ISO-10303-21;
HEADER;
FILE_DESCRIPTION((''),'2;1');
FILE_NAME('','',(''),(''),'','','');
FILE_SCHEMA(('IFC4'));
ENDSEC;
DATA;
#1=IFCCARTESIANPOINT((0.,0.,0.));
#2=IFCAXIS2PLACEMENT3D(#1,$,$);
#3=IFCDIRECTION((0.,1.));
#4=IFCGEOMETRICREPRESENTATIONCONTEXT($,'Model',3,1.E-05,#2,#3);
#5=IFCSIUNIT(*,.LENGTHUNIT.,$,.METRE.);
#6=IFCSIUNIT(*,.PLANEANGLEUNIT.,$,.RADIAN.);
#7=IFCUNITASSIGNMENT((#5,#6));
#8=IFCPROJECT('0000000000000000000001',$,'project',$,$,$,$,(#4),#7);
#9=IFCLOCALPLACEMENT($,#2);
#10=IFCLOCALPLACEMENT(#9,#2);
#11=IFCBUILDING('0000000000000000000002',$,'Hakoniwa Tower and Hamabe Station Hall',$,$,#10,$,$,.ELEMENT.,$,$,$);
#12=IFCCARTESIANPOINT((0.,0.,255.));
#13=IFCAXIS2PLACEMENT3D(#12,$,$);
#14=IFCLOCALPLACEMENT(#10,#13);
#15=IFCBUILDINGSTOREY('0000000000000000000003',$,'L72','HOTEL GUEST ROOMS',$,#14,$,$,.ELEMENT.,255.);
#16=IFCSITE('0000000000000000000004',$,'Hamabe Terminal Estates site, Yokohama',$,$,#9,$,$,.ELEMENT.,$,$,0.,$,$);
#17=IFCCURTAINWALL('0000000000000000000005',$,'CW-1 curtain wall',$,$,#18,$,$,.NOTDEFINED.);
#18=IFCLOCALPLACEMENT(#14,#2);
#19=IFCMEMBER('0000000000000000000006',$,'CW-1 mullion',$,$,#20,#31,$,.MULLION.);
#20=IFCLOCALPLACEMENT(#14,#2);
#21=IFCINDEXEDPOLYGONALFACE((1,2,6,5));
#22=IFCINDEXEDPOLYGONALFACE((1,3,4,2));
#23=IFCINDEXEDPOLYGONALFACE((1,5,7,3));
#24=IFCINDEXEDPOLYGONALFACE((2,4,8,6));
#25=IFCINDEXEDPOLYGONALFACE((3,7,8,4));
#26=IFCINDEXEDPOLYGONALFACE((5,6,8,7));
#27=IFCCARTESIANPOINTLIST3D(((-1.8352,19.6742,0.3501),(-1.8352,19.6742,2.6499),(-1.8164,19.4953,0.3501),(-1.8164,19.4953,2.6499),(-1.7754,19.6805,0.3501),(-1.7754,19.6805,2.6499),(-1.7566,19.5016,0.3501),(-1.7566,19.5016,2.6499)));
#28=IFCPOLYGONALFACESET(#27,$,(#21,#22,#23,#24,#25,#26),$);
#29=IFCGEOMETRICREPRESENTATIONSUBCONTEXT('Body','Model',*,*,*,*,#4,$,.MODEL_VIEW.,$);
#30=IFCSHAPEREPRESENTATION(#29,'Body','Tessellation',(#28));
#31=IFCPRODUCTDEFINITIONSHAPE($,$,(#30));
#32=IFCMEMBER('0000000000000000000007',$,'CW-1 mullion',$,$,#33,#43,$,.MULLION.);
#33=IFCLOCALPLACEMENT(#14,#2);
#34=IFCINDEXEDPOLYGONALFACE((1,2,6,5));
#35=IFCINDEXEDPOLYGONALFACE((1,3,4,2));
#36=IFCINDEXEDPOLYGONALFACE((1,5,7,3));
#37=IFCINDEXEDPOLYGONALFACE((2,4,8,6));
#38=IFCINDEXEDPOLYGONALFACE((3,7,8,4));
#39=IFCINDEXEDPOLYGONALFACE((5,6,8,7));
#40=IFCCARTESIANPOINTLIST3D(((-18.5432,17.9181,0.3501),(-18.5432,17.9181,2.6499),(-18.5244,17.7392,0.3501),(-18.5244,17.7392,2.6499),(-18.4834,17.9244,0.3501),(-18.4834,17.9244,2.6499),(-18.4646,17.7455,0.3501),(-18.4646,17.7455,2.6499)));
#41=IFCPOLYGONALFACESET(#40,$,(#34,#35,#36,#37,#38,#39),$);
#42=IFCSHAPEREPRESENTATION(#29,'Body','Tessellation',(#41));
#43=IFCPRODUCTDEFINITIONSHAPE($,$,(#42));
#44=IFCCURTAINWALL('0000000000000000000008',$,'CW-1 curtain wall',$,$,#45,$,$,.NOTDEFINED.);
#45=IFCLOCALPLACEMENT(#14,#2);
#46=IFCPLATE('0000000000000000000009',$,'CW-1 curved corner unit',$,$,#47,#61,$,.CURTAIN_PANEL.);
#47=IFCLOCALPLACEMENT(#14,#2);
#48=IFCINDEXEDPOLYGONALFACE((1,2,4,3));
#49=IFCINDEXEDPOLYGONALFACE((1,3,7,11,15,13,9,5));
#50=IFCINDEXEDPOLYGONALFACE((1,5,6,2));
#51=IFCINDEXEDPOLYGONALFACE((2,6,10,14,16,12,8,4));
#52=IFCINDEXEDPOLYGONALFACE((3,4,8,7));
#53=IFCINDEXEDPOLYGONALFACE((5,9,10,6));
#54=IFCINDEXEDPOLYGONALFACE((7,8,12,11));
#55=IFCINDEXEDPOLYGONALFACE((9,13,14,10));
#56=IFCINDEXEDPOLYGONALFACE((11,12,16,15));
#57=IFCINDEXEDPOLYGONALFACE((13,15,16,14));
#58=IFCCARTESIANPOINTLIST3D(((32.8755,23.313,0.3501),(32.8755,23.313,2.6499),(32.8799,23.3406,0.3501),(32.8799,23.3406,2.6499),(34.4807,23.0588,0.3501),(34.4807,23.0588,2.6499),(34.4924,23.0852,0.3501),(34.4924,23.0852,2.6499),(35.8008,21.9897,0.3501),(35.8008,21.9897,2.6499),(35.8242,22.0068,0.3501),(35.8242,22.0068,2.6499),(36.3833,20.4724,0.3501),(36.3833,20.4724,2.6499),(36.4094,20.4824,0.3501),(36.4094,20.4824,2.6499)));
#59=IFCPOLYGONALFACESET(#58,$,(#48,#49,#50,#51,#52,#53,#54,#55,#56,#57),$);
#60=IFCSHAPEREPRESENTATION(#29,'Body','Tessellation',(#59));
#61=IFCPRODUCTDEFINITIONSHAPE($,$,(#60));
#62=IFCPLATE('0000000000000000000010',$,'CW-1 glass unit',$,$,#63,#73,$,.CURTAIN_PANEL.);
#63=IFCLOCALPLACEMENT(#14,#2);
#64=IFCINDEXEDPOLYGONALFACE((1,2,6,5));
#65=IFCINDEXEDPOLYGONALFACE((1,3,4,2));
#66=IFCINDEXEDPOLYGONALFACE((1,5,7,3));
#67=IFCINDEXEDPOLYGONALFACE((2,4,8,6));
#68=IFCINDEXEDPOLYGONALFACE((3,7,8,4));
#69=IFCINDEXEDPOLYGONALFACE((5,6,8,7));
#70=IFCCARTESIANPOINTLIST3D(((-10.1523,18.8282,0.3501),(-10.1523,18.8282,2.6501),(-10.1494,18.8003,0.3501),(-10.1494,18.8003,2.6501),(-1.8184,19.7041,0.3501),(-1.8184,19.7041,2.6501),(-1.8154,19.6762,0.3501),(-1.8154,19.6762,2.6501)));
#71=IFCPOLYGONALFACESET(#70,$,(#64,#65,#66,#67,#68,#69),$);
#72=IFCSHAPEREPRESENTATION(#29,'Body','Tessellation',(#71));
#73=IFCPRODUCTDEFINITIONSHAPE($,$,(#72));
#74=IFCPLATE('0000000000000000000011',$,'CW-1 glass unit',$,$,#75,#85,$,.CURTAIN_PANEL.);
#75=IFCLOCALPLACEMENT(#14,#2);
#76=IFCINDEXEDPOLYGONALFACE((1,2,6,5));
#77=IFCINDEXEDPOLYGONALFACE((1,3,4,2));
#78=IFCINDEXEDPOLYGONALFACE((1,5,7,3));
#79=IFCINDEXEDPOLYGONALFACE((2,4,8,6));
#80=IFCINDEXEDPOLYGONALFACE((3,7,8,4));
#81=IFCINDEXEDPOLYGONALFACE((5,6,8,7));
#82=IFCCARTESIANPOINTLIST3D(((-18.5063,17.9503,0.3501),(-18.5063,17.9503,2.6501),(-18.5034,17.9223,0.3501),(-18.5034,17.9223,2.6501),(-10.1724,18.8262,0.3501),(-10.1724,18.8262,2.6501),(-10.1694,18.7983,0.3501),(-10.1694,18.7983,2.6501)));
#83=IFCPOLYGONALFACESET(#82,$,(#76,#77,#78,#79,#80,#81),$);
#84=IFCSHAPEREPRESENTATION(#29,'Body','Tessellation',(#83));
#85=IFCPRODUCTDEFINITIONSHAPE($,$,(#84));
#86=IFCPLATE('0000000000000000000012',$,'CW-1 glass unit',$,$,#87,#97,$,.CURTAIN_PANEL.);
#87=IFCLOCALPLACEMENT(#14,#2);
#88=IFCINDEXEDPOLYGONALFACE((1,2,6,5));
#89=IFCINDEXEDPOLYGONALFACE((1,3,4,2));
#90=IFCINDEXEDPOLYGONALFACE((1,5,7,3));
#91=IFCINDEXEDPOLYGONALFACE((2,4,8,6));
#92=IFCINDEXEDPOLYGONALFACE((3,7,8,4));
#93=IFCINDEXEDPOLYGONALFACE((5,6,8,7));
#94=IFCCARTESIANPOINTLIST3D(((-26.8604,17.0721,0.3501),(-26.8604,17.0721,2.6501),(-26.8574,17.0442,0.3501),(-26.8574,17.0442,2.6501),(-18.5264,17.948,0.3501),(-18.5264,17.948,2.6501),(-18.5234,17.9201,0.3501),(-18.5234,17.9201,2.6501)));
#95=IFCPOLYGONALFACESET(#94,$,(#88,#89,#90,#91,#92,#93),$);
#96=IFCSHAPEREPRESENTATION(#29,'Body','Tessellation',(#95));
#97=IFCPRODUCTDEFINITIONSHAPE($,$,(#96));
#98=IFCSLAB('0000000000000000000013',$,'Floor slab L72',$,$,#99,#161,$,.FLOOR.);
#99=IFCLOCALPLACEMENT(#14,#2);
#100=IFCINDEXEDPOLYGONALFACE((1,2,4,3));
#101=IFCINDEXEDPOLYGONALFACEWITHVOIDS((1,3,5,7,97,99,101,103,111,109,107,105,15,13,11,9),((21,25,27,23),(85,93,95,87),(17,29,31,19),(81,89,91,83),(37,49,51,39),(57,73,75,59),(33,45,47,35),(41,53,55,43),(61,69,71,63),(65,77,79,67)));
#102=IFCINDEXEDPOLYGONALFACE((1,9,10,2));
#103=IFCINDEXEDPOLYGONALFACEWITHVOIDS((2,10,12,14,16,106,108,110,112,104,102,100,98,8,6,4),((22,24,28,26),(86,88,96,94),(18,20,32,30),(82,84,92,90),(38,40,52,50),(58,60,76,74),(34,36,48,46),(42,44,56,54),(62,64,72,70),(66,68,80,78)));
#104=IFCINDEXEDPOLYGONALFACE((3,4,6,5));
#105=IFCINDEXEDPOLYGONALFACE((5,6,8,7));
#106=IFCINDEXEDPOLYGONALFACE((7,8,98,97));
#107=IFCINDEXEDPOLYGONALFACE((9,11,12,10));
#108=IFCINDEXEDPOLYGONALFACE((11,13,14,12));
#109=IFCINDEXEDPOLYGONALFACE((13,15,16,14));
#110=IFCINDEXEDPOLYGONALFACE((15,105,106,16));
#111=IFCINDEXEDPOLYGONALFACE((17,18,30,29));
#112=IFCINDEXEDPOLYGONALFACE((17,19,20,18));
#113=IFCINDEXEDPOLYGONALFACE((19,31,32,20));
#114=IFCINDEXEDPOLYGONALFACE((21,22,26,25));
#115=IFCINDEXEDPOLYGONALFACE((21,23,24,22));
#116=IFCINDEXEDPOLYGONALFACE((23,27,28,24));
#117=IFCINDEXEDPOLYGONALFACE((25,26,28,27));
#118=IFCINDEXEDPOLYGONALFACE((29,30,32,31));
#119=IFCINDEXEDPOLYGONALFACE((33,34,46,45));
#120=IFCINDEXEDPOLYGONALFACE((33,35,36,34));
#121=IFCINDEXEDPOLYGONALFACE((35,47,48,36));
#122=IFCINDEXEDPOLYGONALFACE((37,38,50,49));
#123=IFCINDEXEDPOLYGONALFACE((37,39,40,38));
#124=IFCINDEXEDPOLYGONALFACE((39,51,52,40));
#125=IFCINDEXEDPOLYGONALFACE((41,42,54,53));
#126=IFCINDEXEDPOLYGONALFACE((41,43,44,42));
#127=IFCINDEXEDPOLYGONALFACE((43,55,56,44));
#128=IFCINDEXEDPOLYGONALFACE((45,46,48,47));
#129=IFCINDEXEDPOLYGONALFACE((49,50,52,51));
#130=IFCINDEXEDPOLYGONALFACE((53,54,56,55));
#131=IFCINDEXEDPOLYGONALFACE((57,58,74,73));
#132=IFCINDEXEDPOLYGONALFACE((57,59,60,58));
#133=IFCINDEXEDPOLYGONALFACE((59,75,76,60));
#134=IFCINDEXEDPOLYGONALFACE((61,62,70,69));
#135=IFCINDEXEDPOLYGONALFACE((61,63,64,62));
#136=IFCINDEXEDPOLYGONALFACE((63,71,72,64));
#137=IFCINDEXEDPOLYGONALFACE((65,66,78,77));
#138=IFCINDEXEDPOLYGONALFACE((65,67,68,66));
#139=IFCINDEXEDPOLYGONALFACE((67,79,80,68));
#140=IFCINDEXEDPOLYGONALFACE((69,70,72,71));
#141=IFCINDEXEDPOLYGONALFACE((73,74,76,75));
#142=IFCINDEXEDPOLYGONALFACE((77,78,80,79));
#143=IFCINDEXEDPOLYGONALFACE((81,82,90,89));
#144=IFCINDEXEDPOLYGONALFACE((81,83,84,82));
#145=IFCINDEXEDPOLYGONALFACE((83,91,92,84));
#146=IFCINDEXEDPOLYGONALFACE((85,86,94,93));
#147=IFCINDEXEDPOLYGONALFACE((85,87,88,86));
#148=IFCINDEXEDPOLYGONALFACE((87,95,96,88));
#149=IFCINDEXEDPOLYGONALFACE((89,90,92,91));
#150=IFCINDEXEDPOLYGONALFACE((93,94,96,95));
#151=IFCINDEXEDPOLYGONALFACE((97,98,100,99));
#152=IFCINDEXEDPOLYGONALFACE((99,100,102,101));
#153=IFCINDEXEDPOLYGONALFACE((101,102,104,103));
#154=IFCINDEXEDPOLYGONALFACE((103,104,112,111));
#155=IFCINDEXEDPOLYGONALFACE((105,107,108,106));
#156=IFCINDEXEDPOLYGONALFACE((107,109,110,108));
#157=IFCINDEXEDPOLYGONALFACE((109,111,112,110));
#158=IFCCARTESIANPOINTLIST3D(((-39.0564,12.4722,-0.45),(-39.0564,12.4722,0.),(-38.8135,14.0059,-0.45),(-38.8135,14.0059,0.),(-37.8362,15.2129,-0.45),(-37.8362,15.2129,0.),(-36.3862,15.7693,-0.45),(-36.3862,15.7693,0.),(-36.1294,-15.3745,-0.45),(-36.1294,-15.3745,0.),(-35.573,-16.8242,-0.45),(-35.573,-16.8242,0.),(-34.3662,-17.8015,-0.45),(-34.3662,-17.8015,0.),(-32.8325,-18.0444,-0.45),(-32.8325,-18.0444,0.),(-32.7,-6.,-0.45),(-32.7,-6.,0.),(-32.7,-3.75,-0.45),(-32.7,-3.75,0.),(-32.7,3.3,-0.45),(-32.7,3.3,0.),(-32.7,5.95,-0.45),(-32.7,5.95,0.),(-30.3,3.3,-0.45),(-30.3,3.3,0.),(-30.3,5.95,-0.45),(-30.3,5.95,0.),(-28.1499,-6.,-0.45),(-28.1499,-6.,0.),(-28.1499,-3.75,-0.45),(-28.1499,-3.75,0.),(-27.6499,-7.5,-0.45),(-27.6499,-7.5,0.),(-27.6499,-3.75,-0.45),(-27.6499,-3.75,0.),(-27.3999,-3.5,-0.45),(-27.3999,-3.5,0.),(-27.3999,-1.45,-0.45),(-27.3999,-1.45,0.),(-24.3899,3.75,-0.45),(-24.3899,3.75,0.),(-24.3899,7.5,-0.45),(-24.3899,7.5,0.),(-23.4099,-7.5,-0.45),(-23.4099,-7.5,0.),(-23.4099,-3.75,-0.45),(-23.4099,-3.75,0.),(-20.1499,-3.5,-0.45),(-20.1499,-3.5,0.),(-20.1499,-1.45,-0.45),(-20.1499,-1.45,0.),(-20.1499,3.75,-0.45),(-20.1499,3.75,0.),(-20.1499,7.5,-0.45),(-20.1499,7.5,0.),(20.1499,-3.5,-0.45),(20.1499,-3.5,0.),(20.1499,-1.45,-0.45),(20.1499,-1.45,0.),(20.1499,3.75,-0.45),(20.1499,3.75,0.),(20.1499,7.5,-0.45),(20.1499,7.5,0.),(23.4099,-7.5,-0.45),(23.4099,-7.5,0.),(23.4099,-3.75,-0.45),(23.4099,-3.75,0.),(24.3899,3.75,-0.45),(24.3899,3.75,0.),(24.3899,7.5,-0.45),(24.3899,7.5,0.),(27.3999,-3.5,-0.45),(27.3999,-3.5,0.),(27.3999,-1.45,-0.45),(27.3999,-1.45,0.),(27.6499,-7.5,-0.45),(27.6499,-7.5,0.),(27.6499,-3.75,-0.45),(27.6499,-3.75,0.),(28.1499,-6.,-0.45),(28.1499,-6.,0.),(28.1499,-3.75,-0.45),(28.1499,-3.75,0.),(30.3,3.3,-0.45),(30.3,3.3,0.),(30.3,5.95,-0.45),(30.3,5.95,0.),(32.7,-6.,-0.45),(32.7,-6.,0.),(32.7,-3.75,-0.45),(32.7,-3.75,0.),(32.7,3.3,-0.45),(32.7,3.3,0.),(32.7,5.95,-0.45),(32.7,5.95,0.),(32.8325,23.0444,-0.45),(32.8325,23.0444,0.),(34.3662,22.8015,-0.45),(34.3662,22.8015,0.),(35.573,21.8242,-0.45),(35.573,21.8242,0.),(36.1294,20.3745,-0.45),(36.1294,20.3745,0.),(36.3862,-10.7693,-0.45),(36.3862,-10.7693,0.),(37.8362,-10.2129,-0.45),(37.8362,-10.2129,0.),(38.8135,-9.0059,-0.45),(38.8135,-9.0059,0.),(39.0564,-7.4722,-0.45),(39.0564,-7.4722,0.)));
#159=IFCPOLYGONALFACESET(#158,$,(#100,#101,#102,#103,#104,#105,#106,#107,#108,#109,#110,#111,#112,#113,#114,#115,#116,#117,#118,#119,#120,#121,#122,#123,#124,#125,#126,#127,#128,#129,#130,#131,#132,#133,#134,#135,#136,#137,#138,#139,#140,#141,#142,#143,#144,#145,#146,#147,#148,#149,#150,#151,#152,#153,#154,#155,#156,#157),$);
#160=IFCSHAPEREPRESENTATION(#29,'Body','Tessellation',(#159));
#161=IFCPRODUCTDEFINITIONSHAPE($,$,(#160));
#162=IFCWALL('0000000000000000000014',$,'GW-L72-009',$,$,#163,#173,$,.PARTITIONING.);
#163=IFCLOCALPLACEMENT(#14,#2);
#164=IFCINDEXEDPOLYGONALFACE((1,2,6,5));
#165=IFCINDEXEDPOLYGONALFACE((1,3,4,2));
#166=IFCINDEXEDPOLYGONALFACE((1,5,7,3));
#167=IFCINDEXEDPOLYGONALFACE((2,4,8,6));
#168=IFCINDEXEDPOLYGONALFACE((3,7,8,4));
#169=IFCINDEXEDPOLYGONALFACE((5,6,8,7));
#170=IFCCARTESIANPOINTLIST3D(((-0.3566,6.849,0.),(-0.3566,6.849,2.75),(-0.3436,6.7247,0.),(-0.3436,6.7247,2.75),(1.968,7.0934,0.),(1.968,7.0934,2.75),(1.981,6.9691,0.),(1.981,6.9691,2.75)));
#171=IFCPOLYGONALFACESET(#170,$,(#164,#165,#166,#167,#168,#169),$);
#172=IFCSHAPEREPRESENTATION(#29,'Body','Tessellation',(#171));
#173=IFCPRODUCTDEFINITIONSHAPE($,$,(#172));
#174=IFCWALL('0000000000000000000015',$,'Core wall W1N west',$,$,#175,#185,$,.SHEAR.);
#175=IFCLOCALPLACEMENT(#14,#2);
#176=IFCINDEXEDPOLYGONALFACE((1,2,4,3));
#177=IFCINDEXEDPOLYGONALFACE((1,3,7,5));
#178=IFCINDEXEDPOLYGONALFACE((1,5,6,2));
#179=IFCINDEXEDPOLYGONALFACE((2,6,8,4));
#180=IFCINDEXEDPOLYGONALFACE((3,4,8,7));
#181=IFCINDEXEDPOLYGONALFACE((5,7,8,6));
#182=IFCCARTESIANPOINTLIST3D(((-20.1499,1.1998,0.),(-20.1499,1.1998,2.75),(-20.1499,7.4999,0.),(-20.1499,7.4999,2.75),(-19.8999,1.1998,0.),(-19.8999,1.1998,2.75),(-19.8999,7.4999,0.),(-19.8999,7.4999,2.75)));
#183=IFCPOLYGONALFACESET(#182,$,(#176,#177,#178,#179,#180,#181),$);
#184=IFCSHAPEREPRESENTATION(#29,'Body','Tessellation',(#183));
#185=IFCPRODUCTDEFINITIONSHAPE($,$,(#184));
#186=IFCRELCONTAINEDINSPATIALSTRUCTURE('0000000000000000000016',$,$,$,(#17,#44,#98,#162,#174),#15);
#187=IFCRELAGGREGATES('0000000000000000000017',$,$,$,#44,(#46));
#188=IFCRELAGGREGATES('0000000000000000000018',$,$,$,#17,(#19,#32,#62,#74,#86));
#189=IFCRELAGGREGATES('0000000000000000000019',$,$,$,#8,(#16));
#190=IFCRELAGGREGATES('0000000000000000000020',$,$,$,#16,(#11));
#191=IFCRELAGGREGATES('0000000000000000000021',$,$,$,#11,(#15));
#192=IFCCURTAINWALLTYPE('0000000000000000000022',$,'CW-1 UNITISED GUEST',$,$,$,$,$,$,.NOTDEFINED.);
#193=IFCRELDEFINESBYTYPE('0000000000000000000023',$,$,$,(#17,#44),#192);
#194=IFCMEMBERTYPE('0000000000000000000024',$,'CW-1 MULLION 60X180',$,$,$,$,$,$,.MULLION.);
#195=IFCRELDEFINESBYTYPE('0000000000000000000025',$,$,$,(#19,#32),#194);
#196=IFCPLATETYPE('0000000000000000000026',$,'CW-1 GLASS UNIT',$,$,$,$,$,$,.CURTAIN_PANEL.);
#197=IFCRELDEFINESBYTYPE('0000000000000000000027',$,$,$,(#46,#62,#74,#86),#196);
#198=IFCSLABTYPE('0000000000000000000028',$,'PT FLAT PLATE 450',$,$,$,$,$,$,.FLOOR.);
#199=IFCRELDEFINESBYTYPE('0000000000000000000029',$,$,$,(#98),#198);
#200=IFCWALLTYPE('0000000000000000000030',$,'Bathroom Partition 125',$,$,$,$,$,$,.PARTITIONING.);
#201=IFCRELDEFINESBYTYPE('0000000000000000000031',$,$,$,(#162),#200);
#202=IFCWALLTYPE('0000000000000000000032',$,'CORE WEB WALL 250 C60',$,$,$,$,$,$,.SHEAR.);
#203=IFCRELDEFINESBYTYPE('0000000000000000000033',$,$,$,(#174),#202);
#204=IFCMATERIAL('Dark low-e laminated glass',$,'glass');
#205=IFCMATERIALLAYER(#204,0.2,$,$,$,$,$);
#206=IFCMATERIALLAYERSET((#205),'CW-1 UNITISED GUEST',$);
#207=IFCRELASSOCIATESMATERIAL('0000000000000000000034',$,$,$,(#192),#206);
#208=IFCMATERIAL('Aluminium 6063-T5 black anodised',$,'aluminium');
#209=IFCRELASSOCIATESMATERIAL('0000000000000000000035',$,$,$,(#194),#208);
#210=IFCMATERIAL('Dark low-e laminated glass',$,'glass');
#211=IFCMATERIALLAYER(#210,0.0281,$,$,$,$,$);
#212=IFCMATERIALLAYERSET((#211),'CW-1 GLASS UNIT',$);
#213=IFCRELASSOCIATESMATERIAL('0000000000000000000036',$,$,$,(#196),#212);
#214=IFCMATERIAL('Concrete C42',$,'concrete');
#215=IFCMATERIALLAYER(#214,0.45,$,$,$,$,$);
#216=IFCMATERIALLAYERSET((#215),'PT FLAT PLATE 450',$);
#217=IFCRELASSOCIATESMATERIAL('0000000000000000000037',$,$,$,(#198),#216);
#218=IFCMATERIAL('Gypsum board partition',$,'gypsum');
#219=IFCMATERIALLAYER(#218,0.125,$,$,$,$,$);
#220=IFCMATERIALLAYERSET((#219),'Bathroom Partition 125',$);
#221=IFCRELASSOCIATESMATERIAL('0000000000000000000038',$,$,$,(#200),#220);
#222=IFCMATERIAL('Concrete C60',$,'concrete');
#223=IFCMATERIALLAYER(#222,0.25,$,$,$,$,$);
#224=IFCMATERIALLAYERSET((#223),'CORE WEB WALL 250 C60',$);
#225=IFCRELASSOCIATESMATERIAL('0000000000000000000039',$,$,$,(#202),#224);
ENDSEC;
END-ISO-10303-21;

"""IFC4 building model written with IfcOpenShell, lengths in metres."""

from ifc_helpers import new_model, si_unit, direction, frame, frame_2d, origin, origin_2d, place, context, subcontext, project, spatial, polyline, rectangle, outline, extrude, material, layer, layer_set, material_profile, profile_set, type_object, element, aggregate, save


model = new_model("IFC4")

# Units and contexts
model_context = context("Model", 3, precision=1e-05, world=origin(), true_north=direction((0.0, 1.0)))
body_context = subcontext(model_context, "Body", "Model", "MODEL_VIEW")
ifc_project = project(units=[si_unit("LENGTHUNIT", "METRE"), si_unit("PLANEANGLEUNIT", "RADIAN")], contexts=[model_context])

# Site, building, storey
site_placement = place(None, origin())
site = spatial("IfcSite", under=ifc_project, at=site_placement, Name="Hamabe Terminal Estates site, Yokohama", CompositionType="ELEMENT", RefElevation=0.0)
building_placement = place(site_placement, origin())
building = spatial("IfcBuilding", under=site, at=building_placement, Name="Hakoniwa Tower and Hamabe Station Hall", CompositionType="ELEMENT")
storey_placement = place(building_placement, frame((0.0, 0.0, 255.0)))
storey = spatial("IfcBuildingStorey", under=building, at=storey_placement, Name="L72", Description="HOTEL GUEST ROOMS", CompositionType="ELEMENT", Elevation=255.0)

# Curtain wall, members
ifc_material_1 = material(Name="Dark low-e laminated glass", Category="glass")
ifc_layer_1 = layer(ifc_material_1, 0.2)
ifc_layer_set_1 = layer_set([ifc_layer_1], Name="CW-1 UNITISED GUEST")
curtain_wall_type = type_object("IfcCurtainWallType", Name="CW-1 UNITISED GUEST", PredefinedType="NOTDEFINED", material=ifc_layer_set_1)
curtain_wall_1_placement = place(storey_placement, origin())
curtain_wall_1 = element("IfcCurtainWall", 1, at=curtain_wall_1_placement, inside=storey, type_object=curtain_wall_type, Name="CW-1 curtain wall", PredefinedType="NOTDEFINED")
ifc_material_2 = material(Name="Aluminium 6063-T5 black anodised", Category="aluminium")
ifc_material_profile_1 = material_profile(ifc_material_2, rectangle(XDim=0.0601, YDim=0.1799, at=origin_2d()), Name="CW-1 MULLION 60X180")
ifc_profile_set_1 = profile_set([ifc_material_profile_1], Name="Aluminium 6063-T5 black anodised")
member_type = type_object("IfcMemberType", Name="CW-1 MULLION 60X180", PredefinedType="MULLION", material=ifc_profile_set_1)
member_1_placement = place(storey_placement, frame((-1.7959, 19.5879, 0.3501), z_axis=(0.0, 0.0, 1.0), x_axis=(-0.994522, -0.104528, 0.0)))
member_1 = element("IfcMember", 2, at=member_1_placement, type_object=member_type, Name="CW-1 mullion", PredefinedType="MULLION", context=body_context, shape_type="SweptSolid", body=[
    extrude(rectangle(XDim=0.0601, YDim=0.1799, at=origin_2d()), origin(), (0.0, 0.0, 1.0), 2.2998),
])
member_2_placement = place(storey_placement, frame((-18.5039, 17.8318, 0.3501), z_axis=(0.0, 0.0, 1.0), x_axis=(-0.994522, -0.104528, 0.0)))
member_2 = element("IfcMember", 3, at=member_2_placement, type_object=member_type, Name="CW-1 mullion", PredefinedType="MULLION", context=body_context, shape_type="SweptSolid", body=[
    extrude(rectangle(XDim=0.0601, YDim=0.1799, at=origin_2d()), origin(), (0.0, 0.0, 1.0), 2.2998),
])

# Curtain wall, plate
curtain_wall_2_placement = place(storey_placement, origin())
curtain_wall_2 = element("IfcCurtainWall", 4, at=curtain_wall_2_placement, inside=storey, type_object=curtain_wall_type, Name="CW-1 curtain wall", PredefinedType="NOTDEFINED")
ifc_material_3 = material(Name="Dark low-e laminated glass", Category="glass")
ifc_layer_2 = layer(ifc_material_3, 0.0281)
ifc_layer_set_2 = layer_set([ifc_layer_2], Name="CW-1 GLASS UNIT")
plate_type = type_object("IfcPlateType", Name="CW-1 GLASS UNIT", PredefinedType="CURTAIN_PANEL", material=ifc_layer_set_2)
plate_1_placement = place(storey_placement, frame((0.0, 0.0, 0.3501)))
plate_1 = element("IfcPlate", 5, at=plate_1_placement, type_object=plate_type, Name="CW-1 curved corner unit", PredefinedType="CURTAIN_PANEL", context=body_context, shape_type="SweptSolid", body=[
    extrude(outline(polyline([(36.4094, 20.4824), (35.8242, 22.0068), (34.4924, 23.0852), (32.8799, 23.3406), (32.8755, 23.313), (34.4807, 23.0588), (35.8008, 21.9897), (36.3833, 20.4724), (36.4094, 20.4824)])), origin(), (0.0, 0.0, 1.0), 2.2998),
])
aggregate(curtain_wall_2, [plate_1])

# Plates
plate_2_placement = place(storey_placement, frame((-5.9839, 19.2522, 0.3501), z_axis=(0.0, 0.0, 1.0), x_axis=(-0.994522, -0.104528, 0.0)))
plate_2 = element("IfcPlate", 6, at=plate_2_placement, type_object=plate_type, Name="CW-1 glass unit", PredefinedType="CURTAIN_PANEL", context=body_context, shape_type="SweptSolid", body=[
    extrude(rectangle(XDim=8.3799, YDim=0.0281, at=origin_2d()), origin(), (0.0, 0.0, 1.0), 2.3),
])
plate_3_placement = place(storey_placement, frame((-14.3379, 18.3743, 0.3501), z_axis=(0.0, 0.0, 1.0), x_axis=(-0.994522, -0.104528, 0.0)))
plate_3 = element("IfcPlate", 7, at=plate_3_placement, type_object=plate_type, Name="CW-1 glass unit", PredefinedType="CURTAIN_PANEL", context=body_context, shape_type="SweptSolid", body=[
    extrude(rectangle(XDim=8.3799, YDim=0.0281, at=origin_2d()), origin(), (0.0, 0.0, 1.0), 2.3),
])
plate_4_placement = place(storey_placement, frame((-22.6919, 17.4961, 0.3501), z_axis=(0.0, 0.0, 1.0), x_axis=(-0.994522, -0.104528, 0.0)))
plate_4 = element("IfcPlate", 8, at=plate_4_placement, type_object=plate_type, Name="CW-1 glass unit", PredefinedType="CURTAIN_PANEL", context=body_context, shape_type="SweptSolid", body=[
    extrude(rectangle(XDim=8.3799, YDim=0.0281, at=origin_2d()), origin(), (0.0, 0.0, 1.0), 2.3),
])
aggregate(curtain_wall_1, [member_1, member_2, plate_2, plate_3, plate_4])

# Slab
ifc_material_4 = material(Name="Concrete C42", Category="concrete")
ifc_layer_3 = layer(ifc_material_4, 0.45)
ifc_layer_set_3 = layer_set([ifc_layer_3], Name="PT FLAT PLATE 450")
slab_type = type_object("IfcSlabType", Name="PT FLAT PLATE 450", PredefinedType="FLOOR", material=ifc_layer_set_3)
slab_placement = place(storey_placement, frame((0.0, 0.0, -0.45)))
element("IfcSlab", 9, at=slab_placement, inside=storey, type_object=slab_type, Name="Floor slab L72", PredefinedType="FLOOR", context=body_context, shape_type="SweptSolid", body=[
    extrude(outline(polyline([(39.0564, -7.4722), (36.1294, 20.3745), (35.573, 21.8242), (34.3662, 22.8015), (32.8325, 23.0444), (-36.3862, 15.7693), (-37.8362, 15.2129), (-38.8135, 14.0059), (-39.0564, 12.4722), (-36.1294, -15.3745), (-35.573, -16.8242), (-34.3662, -17.8015), (-32.8325, -18.0444), (36.3862, -10.7693), (37.8362, -10.2129), (38.8135, -9.0059), (39.0564, -7.4722)]), holes=[polyline([(-27.3999, -3.5), (-27.3999, -1.45), (-20.1499, -1.45), (-20.1499, -3.5), (-27.3999, -3.5)]), polyline([(-32.7, 3.3), (-32.7, 5.95), (-30.3, 5.95), (-30.3, 3.3), (-32.7, 3.3)]), polyline([(-32.7, -6.0), (-32.7, -3.75), (-28.1499, -3.75), (-28.1499, -6.0), (-32.7, -6.0)]), polyline([(-24.3899, 3.75), (-24.3899, 7.5), (-20.1499, 7.5), (-20.1499, 3.75), (-24.3899, 3.75)]), polyline([(-27.6499, -7.5), (-27.6499, -3.75), (-23.4099, -3.75), (-23.4099, -7.5), (-27.6499, -7.5)]), polyline([(20.1499, -3.5), (20.1499, -1.45), (27.3999, -1.45), (27.3999, -3.5), (20.1499, -3.5)]), polyline([(30.3, 3.3), (30.3, 5.95), (32.7, 5.95), (32.7, 3.3), (30.3, 3.3)]), polyline([(28.1499, -6.0), (28.1499, -3.75), (32.7, -3.75), (32.7, -6.0), (28.1499, -6.0)]), polyline([(20.1499, 3.75), (20.1499, 7.5), (24.3899, 7.5), (24.3899, 3.75), (20.1499, 3.75)]), polyline([(23.4099, -7.5), (23.4099, -3.75), (27.6499, -3.75), (27.6499, -7.5), (23.4099, -7.5)])]), origin(), (0.0, 0.0, 1.0), 0.45),
])

# Walls
ifc_material_5 = material(Name="Gypsum board partition", Category="gypsum")
ifc_layer_4 = layer(ifc_material_5, 0.125)
ifc_layer_set_4 = layer_set([ifc_layer_4], Name="Bathroom Partition 125")
wall_type_1 = type_object("IfcWallType", Name="Bathroom Partition 125", PredefinedType="PARTITIONING", material=ifc_layer_set_4)
wall_1_placement = place(storey_placement, frame((-0.3501, 6.7869, 0.0), z_axis=(0.0, 0.0, 1.0), x_axis=(0.99452, 0.104549, 0.0)))
element("IfcWall", 10, at=wall_1_placement, inside=storey, type_object=wall_type_1, Name="GW-L72-009", PredefinedType="PARTITIONING", context=body_context, shape_type="SweptSolid", body=[
    extrude(rectangle(XDim=2.3374, YDim=0.125, at=frame_2d((1.1687, 0.0))), origin(), (0.0, 0.0, 1.0), 2.75),
])
ifc_material_6 = material(Name="Concrete C60", Category="concrete")
ifc_layer_5 = layer(ifc_material_6, 0.25)
ifc_layer_set_5 = layer_set([ifc_layer_5], Name="CORE WEB WALL 250 C60")
wall_type_2 = type_object("IfcWallType", Name="CORE WEB WALL 250 C60", PredefinedType="SHEAR", material=ifc_layer_set_5)
wall_2_placement = place(storey_placement, frame((-20.0249, 1.2, 0.0), z_axis=(0.0, 0.0, 1.0), x_axis=(0.0, 1.0, 0.0)))
element("IfcWall", 11, at=wall_2_placement, inside=storey, type_object=wall_type_2, Name="Core wall W1N west", PredefinedType="SHEAR", context=body_context, shape_type="SweptSolid", body=[
    extrude(rectangle(XDim=6.3, YDim=0.25, at=frame_2d((3.1499, 0.0))), origin(), (0.0, 0.0, 1.0), 2.75),
])

save(model, "model.ifc")
